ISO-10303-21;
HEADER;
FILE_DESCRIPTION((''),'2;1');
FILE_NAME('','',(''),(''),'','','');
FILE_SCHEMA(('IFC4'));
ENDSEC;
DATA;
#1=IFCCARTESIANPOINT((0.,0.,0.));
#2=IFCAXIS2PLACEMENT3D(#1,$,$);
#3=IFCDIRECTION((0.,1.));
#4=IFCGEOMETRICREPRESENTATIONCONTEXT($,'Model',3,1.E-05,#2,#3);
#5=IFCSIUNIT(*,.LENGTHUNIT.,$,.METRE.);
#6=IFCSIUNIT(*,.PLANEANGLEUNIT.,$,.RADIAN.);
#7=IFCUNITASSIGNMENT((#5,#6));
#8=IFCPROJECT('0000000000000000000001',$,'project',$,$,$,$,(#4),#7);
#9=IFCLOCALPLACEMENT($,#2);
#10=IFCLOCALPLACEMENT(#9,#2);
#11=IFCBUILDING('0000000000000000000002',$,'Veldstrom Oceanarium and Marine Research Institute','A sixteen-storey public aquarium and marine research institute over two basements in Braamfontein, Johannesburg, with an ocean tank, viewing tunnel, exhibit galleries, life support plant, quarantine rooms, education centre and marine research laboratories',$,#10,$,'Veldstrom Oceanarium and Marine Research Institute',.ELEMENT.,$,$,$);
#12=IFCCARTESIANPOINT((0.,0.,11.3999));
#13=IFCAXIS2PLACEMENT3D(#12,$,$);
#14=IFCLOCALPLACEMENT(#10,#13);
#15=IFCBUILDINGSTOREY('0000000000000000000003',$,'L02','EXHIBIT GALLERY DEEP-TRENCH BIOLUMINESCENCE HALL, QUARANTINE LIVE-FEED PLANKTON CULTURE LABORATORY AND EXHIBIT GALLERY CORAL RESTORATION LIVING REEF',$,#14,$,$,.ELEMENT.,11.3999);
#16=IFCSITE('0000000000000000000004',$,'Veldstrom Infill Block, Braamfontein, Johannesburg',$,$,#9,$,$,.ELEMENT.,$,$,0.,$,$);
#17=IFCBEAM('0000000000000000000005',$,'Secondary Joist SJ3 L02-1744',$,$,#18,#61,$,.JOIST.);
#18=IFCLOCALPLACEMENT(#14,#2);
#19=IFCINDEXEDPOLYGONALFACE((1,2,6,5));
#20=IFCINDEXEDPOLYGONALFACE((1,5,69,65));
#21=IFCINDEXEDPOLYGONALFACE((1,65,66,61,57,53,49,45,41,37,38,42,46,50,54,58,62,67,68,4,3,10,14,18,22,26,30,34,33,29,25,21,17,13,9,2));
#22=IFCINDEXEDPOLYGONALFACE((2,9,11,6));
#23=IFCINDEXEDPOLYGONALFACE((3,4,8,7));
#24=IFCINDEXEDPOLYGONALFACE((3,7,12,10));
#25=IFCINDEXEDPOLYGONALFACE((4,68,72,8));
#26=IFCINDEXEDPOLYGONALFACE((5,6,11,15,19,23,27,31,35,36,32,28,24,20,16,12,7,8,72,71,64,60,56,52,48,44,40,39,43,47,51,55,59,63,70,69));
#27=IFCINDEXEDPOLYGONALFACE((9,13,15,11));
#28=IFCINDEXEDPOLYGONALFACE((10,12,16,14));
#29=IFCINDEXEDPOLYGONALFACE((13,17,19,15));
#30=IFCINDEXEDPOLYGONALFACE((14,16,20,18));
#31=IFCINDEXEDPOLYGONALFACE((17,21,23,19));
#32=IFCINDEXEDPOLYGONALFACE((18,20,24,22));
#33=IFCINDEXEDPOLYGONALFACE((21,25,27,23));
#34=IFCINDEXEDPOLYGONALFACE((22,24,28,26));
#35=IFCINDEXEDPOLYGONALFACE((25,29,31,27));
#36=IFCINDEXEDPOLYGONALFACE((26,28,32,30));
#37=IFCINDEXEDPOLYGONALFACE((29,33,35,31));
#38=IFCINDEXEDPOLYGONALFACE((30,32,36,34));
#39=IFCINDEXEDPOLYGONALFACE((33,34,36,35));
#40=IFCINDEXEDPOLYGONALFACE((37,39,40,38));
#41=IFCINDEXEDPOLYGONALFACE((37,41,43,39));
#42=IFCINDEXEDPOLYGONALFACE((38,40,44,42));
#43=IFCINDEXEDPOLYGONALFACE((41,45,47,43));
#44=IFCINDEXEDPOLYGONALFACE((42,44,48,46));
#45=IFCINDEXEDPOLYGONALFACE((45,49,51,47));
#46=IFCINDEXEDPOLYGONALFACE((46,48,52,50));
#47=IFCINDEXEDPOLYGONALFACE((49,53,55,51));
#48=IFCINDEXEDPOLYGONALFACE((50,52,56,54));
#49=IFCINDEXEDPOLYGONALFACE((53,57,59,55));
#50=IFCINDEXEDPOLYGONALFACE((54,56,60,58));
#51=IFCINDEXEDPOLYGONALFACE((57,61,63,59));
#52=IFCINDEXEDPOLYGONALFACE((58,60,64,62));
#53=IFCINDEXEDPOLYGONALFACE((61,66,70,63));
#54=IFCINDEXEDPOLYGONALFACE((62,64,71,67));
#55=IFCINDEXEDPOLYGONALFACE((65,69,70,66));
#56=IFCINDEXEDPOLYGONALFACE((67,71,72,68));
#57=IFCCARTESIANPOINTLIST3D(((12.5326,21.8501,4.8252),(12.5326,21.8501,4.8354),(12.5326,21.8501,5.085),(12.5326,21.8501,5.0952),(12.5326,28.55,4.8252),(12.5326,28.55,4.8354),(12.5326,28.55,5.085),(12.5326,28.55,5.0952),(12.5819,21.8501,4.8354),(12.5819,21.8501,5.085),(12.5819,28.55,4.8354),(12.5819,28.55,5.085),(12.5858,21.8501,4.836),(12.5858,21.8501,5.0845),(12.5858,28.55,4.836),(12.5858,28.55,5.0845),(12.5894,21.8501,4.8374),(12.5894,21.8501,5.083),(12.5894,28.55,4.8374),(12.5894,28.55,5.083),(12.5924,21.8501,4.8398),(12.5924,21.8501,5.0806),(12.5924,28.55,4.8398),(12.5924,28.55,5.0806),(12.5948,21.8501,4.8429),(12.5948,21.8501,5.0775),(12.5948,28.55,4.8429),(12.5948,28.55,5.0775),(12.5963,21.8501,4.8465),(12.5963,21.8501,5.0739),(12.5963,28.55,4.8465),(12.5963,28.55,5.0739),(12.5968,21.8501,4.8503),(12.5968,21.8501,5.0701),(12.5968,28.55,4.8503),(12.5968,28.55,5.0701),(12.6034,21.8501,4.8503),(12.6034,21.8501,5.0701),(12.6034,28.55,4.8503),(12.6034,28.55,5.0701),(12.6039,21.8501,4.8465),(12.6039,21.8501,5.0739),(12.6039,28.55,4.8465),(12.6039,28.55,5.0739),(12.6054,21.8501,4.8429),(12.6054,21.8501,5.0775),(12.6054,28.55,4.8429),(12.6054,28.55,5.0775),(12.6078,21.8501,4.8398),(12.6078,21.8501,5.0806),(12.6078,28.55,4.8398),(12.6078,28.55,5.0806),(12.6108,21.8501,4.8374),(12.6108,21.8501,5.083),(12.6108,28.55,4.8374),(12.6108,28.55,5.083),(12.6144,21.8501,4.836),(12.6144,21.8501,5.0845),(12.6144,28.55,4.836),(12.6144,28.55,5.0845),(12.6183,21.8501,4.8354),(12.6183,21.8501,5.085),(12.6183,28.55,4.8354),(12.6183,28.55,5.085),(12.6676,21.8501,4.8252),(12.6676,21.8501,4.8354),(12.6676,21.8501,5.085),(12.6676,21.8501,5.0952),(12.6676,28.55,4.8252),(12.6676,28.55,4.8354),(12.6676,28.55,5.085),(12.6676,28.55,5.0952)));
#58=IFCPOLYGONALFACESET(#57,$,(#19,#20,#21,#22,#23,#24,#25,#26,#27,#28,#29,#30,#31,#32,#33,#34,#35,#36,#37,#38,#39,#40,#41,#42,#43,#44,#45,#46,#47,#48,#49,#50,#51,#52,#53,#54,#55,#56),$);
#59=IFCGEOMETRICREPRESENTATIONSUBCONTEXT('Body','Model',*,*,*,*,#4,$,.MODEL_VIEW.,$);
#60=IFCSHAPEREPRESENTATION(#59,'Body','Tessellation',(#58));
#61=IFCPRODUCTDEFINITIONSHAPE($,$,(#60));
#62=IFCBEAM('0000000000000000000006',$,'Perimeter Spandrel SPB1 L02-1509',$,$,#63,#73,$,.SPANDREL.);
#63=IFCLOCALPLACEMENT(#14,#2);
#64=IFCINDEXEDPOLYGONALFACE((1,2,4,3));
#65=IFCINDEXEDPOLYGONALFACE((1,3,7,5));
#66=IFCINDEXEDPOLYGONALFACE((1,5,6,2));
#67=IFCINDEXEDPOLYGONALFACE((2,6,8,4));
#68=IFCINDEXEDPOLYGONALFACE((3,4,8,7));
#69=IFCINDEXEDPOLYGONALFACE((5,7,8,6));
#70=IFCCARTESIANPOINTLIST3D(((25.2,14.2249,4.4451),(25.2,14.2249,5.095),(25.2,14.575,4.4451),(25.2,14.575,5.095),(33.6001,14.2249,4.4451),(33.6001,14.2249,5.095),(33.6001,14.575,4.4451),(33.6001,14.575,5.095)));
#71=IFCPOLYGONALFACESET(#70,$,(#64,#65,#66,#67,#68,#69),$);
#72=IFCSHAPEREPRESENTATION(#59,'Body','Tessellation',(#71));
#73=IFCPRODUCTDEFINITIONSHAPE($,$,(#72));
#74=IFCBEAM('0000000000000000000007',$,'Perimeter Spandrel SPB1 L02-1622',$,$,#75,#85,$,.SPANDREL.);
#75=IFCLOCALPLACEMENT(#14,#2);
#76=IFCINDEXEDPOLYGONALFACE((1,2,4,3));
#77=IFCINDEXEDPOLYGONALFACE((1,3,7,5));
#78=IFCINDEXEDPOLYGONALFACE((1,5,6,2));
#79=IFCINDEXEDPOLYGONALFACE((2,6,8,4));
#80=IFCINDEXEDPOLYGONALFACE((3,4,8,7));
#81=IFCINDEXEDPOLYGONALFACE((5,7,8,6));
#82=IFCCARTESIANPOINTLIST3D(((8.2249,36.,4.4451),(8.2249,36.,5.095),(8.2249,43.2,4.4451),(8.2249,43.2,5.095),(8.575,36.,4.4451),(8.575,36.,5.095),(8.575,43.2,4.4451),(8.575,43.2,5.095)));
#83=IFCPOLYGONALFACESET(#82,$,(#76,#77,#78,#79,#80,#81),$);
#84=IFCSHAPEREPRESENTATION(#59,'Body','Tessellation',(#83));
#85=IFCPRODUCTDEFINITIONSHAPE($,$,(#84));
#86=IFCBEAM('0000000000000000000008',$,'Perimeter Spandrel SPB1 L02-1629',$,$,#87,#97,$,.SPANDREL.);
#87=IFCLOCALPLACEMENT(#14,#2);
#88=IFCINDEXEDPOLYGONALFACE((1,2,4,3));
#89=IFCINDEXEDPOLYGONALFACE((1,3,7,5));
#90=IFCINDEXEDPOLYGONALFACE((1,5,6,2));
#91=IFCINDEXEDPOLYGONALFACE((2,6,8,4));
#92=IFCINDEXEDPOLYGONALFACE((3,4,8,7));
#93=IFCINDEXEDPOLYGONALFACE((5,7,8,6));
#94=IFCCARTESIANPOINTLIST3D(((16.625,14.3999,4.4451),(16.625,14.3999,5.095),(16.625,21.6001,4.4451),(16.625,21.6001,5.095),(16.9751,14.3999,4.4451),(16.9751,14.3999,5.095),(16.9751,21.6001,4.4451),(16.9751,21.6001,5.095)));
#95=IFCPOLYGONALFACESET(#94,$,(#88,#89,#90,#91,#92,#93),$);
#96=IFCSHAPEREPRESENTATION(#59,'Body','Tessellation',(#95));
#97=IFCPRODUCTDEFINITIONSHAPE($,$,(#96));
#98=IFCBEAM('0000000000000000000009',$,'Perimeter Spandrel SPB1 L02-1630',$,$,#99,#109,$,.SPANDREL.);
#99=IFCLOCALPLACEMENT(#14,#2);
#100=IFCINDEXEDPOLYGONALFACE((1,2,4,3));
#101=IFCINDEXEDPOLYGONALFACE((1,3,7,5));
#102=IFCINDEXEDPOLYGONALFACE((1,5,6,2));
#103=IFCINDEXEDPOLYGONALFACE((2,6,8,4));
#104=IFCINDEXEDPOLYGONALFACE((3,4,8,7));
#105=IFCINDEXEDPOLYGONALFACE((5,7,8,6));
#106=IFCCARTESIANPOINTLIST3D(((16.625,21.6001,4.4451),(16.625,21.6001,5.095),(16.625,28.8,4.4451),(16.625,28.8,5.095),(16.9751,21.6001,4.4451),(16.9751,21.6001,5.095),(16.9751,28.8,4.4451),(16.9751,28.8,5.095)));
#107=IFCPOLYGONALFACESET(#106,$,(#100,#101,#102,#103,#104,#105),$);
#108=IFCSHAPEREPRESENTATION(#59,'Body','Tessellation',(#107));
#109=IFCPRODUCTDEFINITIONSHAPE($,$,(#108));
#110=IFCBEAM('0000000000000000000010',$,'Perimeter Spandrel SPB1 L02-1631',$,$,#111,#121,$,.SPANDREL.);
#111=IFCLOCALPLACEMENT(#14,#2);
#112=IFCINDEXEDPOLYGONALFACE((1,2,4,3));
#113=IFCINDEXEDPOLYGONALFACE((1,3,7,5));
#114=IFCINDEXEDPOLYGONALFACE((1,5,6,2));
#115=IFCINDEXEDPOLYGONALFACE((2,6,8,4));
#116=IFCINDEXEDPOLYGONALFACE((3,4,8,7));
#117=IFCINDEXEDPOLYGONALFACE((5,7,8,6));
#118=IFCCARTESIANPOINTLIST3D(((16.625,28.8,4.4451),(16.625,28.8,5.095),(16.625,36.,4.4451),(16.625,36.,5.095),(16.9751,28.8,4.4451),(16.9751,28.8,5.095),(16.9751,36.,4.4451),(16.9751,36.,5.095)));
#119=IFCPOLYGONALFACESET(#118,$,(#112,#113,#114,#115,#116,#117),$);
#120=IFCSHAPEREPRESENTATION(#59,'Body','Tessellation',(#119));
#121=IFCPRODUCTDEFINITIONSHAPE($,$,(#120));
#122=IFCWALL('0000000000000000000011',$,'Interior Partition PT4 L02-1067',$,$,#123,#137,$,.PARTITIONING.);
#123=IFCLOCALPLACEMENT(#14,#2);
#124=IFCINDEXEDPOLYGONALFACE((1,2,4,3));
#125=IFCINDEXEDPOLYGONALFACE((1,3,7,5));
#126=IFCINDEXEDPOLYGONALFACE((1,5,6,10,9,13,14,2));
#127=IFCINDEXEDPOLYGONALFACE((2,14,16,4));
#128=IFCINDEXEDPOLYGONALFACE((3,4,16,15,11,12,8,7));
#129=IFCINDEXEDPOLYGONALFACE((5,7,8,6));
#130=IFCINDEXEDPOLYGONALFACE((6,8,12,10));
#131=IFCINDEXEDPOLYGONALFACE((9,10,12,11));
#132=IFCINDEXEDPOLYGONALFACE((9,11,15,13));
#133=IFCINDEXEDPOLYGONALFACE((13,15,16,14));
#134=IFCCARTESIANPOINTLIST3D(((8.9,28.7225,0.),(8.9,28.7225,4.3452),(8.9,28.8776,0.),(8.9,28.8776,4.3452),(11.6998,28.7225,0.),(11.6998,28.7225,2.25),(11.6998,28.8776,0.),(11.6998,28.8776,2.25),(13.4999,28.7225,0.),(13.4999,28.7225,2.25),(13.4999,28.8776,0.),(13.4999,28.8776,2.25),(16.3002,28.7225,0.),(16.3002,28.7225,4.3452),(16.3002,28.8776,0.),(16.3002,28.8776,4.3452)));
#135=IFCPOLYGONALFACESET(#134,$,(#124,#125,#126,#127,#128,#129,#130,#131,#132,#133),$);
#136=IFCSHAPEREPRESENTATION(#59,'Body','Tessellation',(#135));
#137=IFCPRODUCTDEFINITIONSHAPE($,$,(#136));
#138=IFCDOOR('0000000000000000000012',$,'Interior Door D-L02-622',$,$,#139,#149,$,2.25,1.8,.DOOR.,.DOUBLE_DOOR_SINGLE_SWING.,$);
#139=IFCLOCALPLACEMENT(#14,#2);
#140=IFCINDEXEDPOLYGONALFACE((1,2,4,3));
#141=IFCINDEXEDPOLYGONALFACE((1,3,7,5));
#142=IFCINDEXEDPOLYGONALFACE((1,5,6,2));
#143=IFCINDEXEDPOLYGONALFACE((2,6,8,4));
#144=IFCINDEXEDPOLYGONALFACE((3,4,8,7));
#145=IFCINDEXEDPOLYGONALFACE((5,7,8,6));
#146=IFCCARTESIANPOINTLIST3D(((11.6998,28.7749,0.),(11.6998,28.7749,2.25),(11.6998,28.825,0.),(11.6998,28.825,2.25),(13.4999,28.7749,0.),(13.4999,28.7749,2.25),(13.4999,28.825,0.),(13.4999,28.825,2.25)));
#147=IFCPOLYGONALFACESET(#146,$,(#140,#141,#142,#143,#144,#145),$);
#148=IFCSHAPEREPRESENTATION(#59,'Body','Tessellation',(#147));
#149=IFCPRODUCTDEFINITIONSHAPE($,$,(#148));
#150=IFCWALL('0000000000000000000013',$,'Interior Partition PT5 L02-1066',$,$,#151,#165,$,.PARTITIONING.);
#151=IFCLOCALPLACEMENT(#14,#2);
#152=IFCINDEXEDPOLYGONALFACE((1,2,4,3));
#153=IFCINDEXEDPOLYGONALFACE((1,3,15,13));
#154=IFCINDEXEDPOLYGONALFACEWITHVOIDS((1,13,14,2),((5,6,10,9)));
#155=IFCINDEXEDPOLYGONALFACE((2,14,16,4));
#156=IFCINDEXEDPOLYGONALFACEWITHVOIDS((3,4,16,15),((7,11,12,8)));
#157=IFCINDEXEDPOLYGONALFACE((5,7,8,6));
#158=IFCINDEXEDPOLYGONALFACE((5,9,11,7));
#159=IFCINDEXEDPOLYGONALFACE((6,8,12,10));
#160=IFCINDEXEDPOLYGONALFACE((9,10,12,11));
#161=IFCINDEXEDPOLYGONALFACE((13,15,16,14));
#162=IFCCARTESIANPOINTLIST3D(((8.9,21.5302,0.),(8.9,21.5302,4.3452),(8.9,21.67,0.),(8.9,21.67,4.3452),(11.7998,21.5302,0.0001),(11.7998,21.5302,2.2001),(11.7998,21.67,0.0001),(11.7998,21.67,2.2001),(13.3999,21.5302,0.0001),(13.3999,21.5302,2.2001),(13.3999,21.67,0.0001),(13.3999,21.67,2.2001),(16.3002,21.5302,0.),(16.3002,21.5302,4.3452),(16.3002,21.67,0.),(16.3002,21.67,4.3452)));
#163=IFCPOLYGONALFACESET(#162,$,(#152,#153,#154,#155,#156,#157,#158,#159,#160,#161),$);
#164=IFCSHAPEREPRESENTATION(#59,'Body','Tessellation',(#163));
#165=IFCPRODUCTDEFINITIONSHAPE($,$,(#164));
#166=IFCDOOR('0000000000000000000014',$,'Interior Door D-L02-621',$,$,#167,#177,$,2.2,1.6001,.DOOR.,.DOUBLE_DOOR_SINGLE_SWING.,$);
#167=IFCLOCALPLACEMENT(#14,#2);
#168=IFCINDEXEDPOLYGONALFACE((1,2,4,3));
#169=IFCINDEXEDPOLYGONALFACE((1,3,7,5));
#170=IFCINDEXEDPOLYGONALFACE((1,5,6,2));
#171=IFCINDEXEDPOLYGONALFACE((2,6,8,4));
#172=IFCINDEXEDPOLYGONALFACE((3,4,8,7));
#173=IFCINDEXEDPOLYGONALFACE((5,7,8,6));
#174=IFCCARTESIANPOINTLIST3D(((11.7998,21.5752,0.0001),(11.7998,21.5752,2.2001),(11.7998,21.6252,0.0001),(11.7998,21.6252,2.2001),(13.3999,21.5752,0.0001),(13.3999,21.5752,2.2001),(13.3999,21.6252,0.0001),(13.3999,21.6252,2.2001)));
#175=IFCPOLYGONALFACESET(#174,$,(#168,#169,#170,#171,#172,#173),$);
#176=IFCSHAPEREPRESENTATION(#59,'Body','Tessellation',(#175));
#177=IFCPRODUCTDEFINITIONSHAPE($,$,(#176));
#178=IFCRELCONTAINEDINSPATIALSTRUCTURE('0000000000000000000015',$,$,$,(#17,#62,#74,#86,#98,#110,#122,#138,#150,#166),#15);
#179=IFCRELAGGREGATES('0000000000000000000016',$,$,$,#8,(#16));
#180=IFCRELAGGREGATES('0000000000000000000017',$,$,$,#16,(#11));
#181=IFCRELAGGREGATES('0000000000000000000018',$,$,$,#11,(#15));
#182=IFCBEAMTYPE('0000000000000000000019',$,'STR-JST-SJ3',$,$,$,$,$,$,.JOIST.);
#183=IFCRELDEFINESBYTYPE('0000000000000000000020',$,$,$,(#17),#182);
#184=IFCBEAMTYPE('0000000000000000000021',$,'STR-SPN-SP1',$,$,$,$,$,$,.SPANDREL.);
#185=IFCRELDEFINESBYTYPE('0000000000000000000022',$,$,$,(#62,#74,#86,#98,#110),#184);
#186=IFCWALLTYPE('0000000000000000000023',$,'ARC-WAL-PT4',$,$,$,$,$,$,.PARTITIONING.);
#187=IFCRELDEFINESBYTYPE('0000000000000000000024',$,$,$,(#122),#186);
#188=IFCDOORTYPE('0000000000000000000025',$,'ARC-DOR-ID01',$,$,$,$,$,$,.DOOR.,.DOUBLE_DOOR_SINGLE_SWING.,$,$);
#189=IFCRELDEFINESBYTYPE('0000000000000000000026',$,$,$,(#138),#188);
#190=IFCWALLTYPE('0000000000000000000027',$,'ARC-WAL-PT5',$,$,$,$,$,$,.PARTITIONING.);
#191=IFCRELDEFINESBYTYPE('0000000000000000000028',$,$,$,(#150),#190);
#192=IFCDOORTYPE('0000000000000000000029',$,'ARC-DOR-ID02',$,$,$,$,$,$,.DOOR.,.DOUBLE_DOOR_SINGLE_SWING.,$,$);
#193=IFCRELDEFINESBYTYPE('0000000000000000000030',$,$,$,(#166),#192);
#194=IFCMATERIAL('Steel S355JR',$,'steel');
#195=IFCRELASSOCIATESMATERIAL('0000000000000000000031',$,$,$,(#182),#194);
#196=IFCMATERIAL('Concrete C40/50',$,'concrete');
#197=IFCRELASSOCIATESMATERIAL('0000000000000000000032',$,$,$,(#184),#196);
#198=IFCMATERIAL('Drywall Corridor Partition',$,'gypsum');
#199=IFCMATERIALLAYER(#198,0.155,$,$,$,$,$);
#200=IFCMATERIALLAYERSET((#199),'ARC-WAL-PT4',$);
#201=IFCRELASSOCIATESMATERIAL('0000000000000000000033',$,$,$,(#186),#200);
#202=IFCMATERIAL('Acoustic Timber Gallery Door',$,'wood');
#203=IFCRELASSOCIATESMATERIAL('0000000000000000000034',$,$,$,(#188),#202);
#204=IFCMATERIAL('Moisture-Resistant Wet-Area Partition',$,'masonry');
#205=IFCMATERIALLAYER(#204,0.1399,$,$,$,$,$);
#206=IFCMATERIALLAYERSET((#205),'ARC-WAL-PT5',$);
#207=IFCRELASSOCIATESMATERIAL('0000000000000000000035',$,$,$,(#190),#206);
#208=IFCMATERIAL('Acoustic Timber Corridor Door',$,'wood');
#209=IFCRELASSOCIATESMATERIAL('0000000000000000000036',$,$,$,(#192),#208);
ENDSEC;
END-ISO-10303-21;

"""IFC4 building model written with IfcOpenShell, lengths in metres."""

from ifc_helpers import new_model, si_unit, direction, frame, frame_2d, origin, origin_2d, place, context, subcontext, project, spatial, rectangle, i_section, extrude, material, layer, layer_set, material_profile, profile_set, type_object, element, fill, save


model = new_model("IFC4")

# Units and contexts
model_context = context("Model", 3, precision=1e-05, world=origin(), true_north=direction((0.0, 1.0)))
body_context = subcontext(model_context, "Body", "Model", "MODEL_VIEW")
ifc_project = project(units=[si_unit("LENGTHUNIT", "METRE"), si_unit("PLANEANGLEUNIT", "RADIAN")], contexts=[model_context])

# Site, building, storey
site_placement = place(None, origin())
site = spatial("IfcSite", under=ifc_project, at=site_placement, Name="Veldstrom Infill Block, Braamfontein, Johannesburg", CompositionType="ELEMENT", RefElevation=0.0)
building_placement = place(site_placement, origin())
building = spatial("IfcBuilding", under=site, at=building_placement, Name="Veldstrom Oceanarium and Marine Research Institute", Description="A sixteen-storey public aquarium and marine research institute over two basements in Braamfontein, Johannesburg, with an ocean tank, viewing tunnel, exhibit galleries, life support plant, quarantine rooms, education centre and marine research laboratories", LongName="Veldstrom Oceanarium and Marine Research Institute", CompositionType="ELEMENT")
storey_placement = place(building_placement, frame((0.0, 0.0, 11.3999)))
storey = spatial("IfcBuildingStorey", under=building, at=storey_placement, Name="L02", Description="EXHIBIT GALLERY DEEP-TRENCH BIOLUMINESCENCE HALL, QUARANTINE LIVE-FEED PLANKTON CULTURE LABORATORY AND EXHIBIT GALLERY CORAL RESTORATION LIVING REEF", CompositionType="ELEMENT", Elevation=11.3999)

# Beams
ifc_material_1 = material(Name="Steel S355JR", Category="steel")
ifc_material_profile_1 = material_profile(ifc_material_1, i_section(OverallWidth=0.135, OverallDepth=0.27, WebThickness=0.0066, FlangeThickness=0.0103, FilletRadius=0.0149, at=origin_2d()), Name="IPE 270")
ifc_profile_set_1 = profile_set([ifc_material_profile_1], Name="Steel S355JR")
beam_type_1 = type_object("IfcBeamType", Name="STR-JST-SJ3", PredefinedType="JOIST", material=ifc_profile_set_1)
beam_1_placement = place(storey_placement, frame((12.6001, 21.8501, 4.9602), z_axis=(0.0, 1.0, 0.0), x_axis=(-1.0, 0.0, 0.0)))
element("IfcBeam", 1, at=beam_1_placement, inside=storey, type_object=beam_type_1, Name="Secondary Joist SJ3 L02-1744", PredefinedType="JOIST", context=body_context, shape_type="SweptSolid", body=[
    extrude(i_section(OverallWidth=0.135, OverallDepth=0.27, WebThickness=0.0066, FlangeThickness=0.0103, FilletRadius=0.0149, at=origin_2d()), origin(), (0.0, 0.0, 1.0), 6.7),
])
ifc_material_2 = material(Name="Concrete C40/50", Category="concrete")
ifc_material_profile_2 = material_profile(ifc_material_2, rectangle(XDim=0.3501, YDim=0.6499, at=origin_2d()), Name="RC-SPN-350x650")
ifc_profile_set_2 = profile_set([ifc_material_profile_2], Name="Concrete C40/50")
beam_type_2 = type_object("IfcBeamType", Name="STR-SPN-SP1", PredefinedType="SPANDREL", material=ifc_profile_set_2)
beam_2_placement = place(storey_placement, frame((25.2, 14.3999, 4.77), z_axis=(1.0, 0.0, 0.0), x_axis=(0.0, 1.0, 0.0)))
element("IfcBeam", 2, at=beam_2_placement, inside=storey, type_object=beam_type_2, Name="Perimeter Spandrel SPB1 L02-1509", PredefinedType="SPANDREL", context=body_context, shape_type="SweptSolid", body=[
    extrude(rectangle(XDim=0.3501, YDim=0.6499, at=origin_2d()), origin(), (0.0, 0.0, 1.0), 8.4001),
])
beam_3_placement = place(storey_placement, frame((8.3999, 36.0, 4.77), z_axis=(0.0, 1.0, 0.0), x_axis=(-1.0, 0.0, 0.0)))
element("IfcBeam", 3, at=beam_3_placement, inside=storey, type_object=beam_type_2, Name="Perimeter Spandrel SPB1 L02-1622", PredefinedType="SPANDREL", context=body_context, shape_type="SweptSolid", body=[
    extrude(rectangle(XDim=0.3501, YDim=0.6499, at=origin_2d()), origin(), (0.0, 0.0, 1.0), 7.2),
])
beam_4_placement = place(storey_placement, frame((16.8, 14.3999, 4.77), z_axis=(0.0, 1.0, 0.0), x_axis=(-1.0, 0.0, 0.0)))
element("IfcBeam", 4, at=beam_4_placement, inside=storey, type_object=beam_type_2, Name="Perimeter Spandrel SPB1 L02-1629", PredefinedType="SPANDREL", context=body_context, shape_type="SweptSolid", body=[
    extrude(rectangle(XDim=0.3501, YDim=0.6499, at=origin_2d()), origin(), (0.0, 0.0, 1.0), 7.2002),
])
for number, where, z_axis, x_axis, name in (
    (5, (16.8, 21.6001, 4.77), (0.0, 1.0, 0.0), (-1.0, 0.0, 0.0), "Perimeter Spandrel SPB1 L02-1630"),
    (6, (16.8, 28.8, 4.77), (0.0, 1.0, 0.0), (-1.0, 0.0, 0.0), "Perimeter Spandrel SPB1 L02-1631"),
):
    element("IfcBeam", number, at=place(storey_placement, frame(where, z_axis=z_axis, x_axis=x_axis)), inside=storey, type_object=beam_type_2, Name=name, PredefinedType="SPANDREL", context=body_context, shape_type="SweptSolid", body=[
        extrude(rectangle(XDim=0.3501, YDim=0.6499, at=origin_2d()), origin(), (0.0, 0.0, 1.0), 7.2),
    ])

# Walls, openings, doors
ifc_material_3 = material(Name="Drywall Corridor Partition", Category="gypsum")
ifc_layer_1 = layer(ifc_material_3, 0.155)
ifc_layer_set_1 = layer_set([ifc_layer_1], Name="ARC-WAL-PT4")
wall_type_1 = type_object("IfcWallType", Name="ARC-WAL-PT4", PredefinedType="PARTITIONING", material=ifc_layer_set_1)
wall_1_placement = place(storey_placement, frame((8.8999, 28.8, 0.0), z_axis=(0.0, 0.0, 1.0), x_axis=(1.0, 0.0, 0.0)))
wall_1 = element("IfcWall", 7, at=wall_1_placement, inside=storey, type_object=wall_type_1, Name="Interior Partition PT4 L02-1067", PredefinedType="PARTITIONING", context=body_context, shape_type="SweptSolid", body=[
    extrude(rectangle(XDim=7.4001, YDim=0.155, at=frame_2d((3.7002, 0.0))), origin(), (0.0, 0.0, 1.0), 4.3452),
])
opening_1_placement = place(wall_1_placement, frame((2.8, 0.0, 0.0)))
opening_1 = element("IfcOpeningElement", 8, at=opening_1_placement, cuts=wall_1, PredefinedType="OPENING", context=body_context, shape_type="SweptSolid", body=[
    extrude(rectangle(XDim=1.8, YDim=2.25, at=frame_2d((0.8999, 1.125))), frame((0.0, 0.0874, 0.0), z_axis=(0.0, -1.0, 0.0), x_axis=(1.0, 0.0, 0.0)), (0.0, 0.0, 1.0), 0.175),
])
ifc_material_4 = material(Name="Acoustic Timber Gallery Door", Category="wood")
door_type_1 = type_object("IfcDoorType", Name="ARC-DOR-ID01", OperationType="DOUBLE_DOOR_SINGLE_SWING", PredefinedType="DOOR", material=ifc_material_4)
door_1_placement = place(opening_1_placement, origin())
door_1 = element("IfcDoor", 9, at=door_1_placement, inside=storey, type_object=door_type_1, Name="Interior Door D-L02-622", OperationType="DOUBLE_DOOR_SINGLE_SWING", OverallHeight=2.25, OverallWidth=1.8, PredefinedType="DOOR", context=body_context, shape_type="SweptSolid", body=[
    extrude(rectangle(XDim=1.8, YDim=2.25, at=frame_2d((0.8999, 1.125))), frame((0.0, 0.0249, 0.0), z_axis=(0.0, -1.0, 0.0), x_axis=(1.0, 0.0, 0.0)), (0.0, 0.0, 1.0), 0.05),
])
fill(opening_1, door_1)
ifc_material_5 = material(Name="Moisture-Resistant Wet-Area Partition", Category="masonry")
ifc_layer_2 = layer(ifc_material_5, 0.1399)
ifc_layer_set_2 = layer_set([ifc_layer_2], Name="ARC-WAL-PT5")
wall_type_2 = type_object("IfcWallType", Name="ARC-WAL-PT5", PredefinedType="PARTITIONING", material=ifc_layer_set_2)
wall_2_placement = place(storey_placement, frame((8.8999, 21.6001, 0.0), z_axis=(0.0, 0.0, 1.0), x_axis=(1.0, 0.0, 0.0)))
wall_2 = element("IfcWall", 10, at=wall_2_placement, inside=storey, type_object=wall_type_2, Name="Interior Partition PT5 L02-1066", PredefinedType="PARTITIONING", context=body_context, shape_type="SweptSolid", body=[
    extrude(rectangle(XDim=7.4001, YDim=0.1399, at=frame_2d((3.7002, 0.0))), origin(), (0.0, 0.0, 1.0), 4.3452),
])
opening_2_placement = place(wall_2_placement, frame((2.8999, 0.0, 0.0)))
opening_2 = element("IfcOpeningElement", 11, at=opening_2_placement, cuts=wall_2, PredefinedType="OPENING", context=body_context, shape_type="SweptSolid", body=[
    extrude(rectangle(XDim=1.6001, YDim=2.2, at=frame_2d((0.8, 1.1001))), frame((0.0, 0.0798, 0.0), z_axis=(0.0, -1.0, 0.0), x_axis=(1.0, 0.0, 0.0)), (0.0, 0.0, 1.0), 0.1599),
])
ifc_material_6 = material(Name="Acoustic Timber Corridor Door", Category="wood")
door_type_2 = type_object("IfcDoorType", Name="ARC-DOR-ID02", OperationType="DOUBLE_DOOR_SINGLE_SWING", PredefinedType="DOOR", material=ifc_material_6)
door_2_placement = place(opening_2_placement, frame((1.6001, 0.0, 0.0), z_axis=(0.0, 0.0, 1.0), x_axis=(-1.0, 0.0, 0.0)))
door_2 = element("IfcDoor", 12, at=door_2_placement, inside=storey, type_object=door_type_2, Name="Interior Door D-L02-621", OperationType="DOUBLE_DOOR_SINGLE_SWING", OverallHeight=2.2, OverallWidth=1.6001, PredefinedType="DOOR", context=body_context, shape_type="SweptSolid", body=[
    extrude(rectangle(XDim=1.6001, YDim=2.2, at=frame_2d((0.8, 1.1001))), frame((0.0, 0.0249, 0.0), z_axis=(0.0, -1.0, 0.0), x_axis=(1.0, 0.0, 0.0)), (0.0, 0.0, 1.0), 0.05),
])
fill(opening_2, door_2)

save(model, "model.ifc")
